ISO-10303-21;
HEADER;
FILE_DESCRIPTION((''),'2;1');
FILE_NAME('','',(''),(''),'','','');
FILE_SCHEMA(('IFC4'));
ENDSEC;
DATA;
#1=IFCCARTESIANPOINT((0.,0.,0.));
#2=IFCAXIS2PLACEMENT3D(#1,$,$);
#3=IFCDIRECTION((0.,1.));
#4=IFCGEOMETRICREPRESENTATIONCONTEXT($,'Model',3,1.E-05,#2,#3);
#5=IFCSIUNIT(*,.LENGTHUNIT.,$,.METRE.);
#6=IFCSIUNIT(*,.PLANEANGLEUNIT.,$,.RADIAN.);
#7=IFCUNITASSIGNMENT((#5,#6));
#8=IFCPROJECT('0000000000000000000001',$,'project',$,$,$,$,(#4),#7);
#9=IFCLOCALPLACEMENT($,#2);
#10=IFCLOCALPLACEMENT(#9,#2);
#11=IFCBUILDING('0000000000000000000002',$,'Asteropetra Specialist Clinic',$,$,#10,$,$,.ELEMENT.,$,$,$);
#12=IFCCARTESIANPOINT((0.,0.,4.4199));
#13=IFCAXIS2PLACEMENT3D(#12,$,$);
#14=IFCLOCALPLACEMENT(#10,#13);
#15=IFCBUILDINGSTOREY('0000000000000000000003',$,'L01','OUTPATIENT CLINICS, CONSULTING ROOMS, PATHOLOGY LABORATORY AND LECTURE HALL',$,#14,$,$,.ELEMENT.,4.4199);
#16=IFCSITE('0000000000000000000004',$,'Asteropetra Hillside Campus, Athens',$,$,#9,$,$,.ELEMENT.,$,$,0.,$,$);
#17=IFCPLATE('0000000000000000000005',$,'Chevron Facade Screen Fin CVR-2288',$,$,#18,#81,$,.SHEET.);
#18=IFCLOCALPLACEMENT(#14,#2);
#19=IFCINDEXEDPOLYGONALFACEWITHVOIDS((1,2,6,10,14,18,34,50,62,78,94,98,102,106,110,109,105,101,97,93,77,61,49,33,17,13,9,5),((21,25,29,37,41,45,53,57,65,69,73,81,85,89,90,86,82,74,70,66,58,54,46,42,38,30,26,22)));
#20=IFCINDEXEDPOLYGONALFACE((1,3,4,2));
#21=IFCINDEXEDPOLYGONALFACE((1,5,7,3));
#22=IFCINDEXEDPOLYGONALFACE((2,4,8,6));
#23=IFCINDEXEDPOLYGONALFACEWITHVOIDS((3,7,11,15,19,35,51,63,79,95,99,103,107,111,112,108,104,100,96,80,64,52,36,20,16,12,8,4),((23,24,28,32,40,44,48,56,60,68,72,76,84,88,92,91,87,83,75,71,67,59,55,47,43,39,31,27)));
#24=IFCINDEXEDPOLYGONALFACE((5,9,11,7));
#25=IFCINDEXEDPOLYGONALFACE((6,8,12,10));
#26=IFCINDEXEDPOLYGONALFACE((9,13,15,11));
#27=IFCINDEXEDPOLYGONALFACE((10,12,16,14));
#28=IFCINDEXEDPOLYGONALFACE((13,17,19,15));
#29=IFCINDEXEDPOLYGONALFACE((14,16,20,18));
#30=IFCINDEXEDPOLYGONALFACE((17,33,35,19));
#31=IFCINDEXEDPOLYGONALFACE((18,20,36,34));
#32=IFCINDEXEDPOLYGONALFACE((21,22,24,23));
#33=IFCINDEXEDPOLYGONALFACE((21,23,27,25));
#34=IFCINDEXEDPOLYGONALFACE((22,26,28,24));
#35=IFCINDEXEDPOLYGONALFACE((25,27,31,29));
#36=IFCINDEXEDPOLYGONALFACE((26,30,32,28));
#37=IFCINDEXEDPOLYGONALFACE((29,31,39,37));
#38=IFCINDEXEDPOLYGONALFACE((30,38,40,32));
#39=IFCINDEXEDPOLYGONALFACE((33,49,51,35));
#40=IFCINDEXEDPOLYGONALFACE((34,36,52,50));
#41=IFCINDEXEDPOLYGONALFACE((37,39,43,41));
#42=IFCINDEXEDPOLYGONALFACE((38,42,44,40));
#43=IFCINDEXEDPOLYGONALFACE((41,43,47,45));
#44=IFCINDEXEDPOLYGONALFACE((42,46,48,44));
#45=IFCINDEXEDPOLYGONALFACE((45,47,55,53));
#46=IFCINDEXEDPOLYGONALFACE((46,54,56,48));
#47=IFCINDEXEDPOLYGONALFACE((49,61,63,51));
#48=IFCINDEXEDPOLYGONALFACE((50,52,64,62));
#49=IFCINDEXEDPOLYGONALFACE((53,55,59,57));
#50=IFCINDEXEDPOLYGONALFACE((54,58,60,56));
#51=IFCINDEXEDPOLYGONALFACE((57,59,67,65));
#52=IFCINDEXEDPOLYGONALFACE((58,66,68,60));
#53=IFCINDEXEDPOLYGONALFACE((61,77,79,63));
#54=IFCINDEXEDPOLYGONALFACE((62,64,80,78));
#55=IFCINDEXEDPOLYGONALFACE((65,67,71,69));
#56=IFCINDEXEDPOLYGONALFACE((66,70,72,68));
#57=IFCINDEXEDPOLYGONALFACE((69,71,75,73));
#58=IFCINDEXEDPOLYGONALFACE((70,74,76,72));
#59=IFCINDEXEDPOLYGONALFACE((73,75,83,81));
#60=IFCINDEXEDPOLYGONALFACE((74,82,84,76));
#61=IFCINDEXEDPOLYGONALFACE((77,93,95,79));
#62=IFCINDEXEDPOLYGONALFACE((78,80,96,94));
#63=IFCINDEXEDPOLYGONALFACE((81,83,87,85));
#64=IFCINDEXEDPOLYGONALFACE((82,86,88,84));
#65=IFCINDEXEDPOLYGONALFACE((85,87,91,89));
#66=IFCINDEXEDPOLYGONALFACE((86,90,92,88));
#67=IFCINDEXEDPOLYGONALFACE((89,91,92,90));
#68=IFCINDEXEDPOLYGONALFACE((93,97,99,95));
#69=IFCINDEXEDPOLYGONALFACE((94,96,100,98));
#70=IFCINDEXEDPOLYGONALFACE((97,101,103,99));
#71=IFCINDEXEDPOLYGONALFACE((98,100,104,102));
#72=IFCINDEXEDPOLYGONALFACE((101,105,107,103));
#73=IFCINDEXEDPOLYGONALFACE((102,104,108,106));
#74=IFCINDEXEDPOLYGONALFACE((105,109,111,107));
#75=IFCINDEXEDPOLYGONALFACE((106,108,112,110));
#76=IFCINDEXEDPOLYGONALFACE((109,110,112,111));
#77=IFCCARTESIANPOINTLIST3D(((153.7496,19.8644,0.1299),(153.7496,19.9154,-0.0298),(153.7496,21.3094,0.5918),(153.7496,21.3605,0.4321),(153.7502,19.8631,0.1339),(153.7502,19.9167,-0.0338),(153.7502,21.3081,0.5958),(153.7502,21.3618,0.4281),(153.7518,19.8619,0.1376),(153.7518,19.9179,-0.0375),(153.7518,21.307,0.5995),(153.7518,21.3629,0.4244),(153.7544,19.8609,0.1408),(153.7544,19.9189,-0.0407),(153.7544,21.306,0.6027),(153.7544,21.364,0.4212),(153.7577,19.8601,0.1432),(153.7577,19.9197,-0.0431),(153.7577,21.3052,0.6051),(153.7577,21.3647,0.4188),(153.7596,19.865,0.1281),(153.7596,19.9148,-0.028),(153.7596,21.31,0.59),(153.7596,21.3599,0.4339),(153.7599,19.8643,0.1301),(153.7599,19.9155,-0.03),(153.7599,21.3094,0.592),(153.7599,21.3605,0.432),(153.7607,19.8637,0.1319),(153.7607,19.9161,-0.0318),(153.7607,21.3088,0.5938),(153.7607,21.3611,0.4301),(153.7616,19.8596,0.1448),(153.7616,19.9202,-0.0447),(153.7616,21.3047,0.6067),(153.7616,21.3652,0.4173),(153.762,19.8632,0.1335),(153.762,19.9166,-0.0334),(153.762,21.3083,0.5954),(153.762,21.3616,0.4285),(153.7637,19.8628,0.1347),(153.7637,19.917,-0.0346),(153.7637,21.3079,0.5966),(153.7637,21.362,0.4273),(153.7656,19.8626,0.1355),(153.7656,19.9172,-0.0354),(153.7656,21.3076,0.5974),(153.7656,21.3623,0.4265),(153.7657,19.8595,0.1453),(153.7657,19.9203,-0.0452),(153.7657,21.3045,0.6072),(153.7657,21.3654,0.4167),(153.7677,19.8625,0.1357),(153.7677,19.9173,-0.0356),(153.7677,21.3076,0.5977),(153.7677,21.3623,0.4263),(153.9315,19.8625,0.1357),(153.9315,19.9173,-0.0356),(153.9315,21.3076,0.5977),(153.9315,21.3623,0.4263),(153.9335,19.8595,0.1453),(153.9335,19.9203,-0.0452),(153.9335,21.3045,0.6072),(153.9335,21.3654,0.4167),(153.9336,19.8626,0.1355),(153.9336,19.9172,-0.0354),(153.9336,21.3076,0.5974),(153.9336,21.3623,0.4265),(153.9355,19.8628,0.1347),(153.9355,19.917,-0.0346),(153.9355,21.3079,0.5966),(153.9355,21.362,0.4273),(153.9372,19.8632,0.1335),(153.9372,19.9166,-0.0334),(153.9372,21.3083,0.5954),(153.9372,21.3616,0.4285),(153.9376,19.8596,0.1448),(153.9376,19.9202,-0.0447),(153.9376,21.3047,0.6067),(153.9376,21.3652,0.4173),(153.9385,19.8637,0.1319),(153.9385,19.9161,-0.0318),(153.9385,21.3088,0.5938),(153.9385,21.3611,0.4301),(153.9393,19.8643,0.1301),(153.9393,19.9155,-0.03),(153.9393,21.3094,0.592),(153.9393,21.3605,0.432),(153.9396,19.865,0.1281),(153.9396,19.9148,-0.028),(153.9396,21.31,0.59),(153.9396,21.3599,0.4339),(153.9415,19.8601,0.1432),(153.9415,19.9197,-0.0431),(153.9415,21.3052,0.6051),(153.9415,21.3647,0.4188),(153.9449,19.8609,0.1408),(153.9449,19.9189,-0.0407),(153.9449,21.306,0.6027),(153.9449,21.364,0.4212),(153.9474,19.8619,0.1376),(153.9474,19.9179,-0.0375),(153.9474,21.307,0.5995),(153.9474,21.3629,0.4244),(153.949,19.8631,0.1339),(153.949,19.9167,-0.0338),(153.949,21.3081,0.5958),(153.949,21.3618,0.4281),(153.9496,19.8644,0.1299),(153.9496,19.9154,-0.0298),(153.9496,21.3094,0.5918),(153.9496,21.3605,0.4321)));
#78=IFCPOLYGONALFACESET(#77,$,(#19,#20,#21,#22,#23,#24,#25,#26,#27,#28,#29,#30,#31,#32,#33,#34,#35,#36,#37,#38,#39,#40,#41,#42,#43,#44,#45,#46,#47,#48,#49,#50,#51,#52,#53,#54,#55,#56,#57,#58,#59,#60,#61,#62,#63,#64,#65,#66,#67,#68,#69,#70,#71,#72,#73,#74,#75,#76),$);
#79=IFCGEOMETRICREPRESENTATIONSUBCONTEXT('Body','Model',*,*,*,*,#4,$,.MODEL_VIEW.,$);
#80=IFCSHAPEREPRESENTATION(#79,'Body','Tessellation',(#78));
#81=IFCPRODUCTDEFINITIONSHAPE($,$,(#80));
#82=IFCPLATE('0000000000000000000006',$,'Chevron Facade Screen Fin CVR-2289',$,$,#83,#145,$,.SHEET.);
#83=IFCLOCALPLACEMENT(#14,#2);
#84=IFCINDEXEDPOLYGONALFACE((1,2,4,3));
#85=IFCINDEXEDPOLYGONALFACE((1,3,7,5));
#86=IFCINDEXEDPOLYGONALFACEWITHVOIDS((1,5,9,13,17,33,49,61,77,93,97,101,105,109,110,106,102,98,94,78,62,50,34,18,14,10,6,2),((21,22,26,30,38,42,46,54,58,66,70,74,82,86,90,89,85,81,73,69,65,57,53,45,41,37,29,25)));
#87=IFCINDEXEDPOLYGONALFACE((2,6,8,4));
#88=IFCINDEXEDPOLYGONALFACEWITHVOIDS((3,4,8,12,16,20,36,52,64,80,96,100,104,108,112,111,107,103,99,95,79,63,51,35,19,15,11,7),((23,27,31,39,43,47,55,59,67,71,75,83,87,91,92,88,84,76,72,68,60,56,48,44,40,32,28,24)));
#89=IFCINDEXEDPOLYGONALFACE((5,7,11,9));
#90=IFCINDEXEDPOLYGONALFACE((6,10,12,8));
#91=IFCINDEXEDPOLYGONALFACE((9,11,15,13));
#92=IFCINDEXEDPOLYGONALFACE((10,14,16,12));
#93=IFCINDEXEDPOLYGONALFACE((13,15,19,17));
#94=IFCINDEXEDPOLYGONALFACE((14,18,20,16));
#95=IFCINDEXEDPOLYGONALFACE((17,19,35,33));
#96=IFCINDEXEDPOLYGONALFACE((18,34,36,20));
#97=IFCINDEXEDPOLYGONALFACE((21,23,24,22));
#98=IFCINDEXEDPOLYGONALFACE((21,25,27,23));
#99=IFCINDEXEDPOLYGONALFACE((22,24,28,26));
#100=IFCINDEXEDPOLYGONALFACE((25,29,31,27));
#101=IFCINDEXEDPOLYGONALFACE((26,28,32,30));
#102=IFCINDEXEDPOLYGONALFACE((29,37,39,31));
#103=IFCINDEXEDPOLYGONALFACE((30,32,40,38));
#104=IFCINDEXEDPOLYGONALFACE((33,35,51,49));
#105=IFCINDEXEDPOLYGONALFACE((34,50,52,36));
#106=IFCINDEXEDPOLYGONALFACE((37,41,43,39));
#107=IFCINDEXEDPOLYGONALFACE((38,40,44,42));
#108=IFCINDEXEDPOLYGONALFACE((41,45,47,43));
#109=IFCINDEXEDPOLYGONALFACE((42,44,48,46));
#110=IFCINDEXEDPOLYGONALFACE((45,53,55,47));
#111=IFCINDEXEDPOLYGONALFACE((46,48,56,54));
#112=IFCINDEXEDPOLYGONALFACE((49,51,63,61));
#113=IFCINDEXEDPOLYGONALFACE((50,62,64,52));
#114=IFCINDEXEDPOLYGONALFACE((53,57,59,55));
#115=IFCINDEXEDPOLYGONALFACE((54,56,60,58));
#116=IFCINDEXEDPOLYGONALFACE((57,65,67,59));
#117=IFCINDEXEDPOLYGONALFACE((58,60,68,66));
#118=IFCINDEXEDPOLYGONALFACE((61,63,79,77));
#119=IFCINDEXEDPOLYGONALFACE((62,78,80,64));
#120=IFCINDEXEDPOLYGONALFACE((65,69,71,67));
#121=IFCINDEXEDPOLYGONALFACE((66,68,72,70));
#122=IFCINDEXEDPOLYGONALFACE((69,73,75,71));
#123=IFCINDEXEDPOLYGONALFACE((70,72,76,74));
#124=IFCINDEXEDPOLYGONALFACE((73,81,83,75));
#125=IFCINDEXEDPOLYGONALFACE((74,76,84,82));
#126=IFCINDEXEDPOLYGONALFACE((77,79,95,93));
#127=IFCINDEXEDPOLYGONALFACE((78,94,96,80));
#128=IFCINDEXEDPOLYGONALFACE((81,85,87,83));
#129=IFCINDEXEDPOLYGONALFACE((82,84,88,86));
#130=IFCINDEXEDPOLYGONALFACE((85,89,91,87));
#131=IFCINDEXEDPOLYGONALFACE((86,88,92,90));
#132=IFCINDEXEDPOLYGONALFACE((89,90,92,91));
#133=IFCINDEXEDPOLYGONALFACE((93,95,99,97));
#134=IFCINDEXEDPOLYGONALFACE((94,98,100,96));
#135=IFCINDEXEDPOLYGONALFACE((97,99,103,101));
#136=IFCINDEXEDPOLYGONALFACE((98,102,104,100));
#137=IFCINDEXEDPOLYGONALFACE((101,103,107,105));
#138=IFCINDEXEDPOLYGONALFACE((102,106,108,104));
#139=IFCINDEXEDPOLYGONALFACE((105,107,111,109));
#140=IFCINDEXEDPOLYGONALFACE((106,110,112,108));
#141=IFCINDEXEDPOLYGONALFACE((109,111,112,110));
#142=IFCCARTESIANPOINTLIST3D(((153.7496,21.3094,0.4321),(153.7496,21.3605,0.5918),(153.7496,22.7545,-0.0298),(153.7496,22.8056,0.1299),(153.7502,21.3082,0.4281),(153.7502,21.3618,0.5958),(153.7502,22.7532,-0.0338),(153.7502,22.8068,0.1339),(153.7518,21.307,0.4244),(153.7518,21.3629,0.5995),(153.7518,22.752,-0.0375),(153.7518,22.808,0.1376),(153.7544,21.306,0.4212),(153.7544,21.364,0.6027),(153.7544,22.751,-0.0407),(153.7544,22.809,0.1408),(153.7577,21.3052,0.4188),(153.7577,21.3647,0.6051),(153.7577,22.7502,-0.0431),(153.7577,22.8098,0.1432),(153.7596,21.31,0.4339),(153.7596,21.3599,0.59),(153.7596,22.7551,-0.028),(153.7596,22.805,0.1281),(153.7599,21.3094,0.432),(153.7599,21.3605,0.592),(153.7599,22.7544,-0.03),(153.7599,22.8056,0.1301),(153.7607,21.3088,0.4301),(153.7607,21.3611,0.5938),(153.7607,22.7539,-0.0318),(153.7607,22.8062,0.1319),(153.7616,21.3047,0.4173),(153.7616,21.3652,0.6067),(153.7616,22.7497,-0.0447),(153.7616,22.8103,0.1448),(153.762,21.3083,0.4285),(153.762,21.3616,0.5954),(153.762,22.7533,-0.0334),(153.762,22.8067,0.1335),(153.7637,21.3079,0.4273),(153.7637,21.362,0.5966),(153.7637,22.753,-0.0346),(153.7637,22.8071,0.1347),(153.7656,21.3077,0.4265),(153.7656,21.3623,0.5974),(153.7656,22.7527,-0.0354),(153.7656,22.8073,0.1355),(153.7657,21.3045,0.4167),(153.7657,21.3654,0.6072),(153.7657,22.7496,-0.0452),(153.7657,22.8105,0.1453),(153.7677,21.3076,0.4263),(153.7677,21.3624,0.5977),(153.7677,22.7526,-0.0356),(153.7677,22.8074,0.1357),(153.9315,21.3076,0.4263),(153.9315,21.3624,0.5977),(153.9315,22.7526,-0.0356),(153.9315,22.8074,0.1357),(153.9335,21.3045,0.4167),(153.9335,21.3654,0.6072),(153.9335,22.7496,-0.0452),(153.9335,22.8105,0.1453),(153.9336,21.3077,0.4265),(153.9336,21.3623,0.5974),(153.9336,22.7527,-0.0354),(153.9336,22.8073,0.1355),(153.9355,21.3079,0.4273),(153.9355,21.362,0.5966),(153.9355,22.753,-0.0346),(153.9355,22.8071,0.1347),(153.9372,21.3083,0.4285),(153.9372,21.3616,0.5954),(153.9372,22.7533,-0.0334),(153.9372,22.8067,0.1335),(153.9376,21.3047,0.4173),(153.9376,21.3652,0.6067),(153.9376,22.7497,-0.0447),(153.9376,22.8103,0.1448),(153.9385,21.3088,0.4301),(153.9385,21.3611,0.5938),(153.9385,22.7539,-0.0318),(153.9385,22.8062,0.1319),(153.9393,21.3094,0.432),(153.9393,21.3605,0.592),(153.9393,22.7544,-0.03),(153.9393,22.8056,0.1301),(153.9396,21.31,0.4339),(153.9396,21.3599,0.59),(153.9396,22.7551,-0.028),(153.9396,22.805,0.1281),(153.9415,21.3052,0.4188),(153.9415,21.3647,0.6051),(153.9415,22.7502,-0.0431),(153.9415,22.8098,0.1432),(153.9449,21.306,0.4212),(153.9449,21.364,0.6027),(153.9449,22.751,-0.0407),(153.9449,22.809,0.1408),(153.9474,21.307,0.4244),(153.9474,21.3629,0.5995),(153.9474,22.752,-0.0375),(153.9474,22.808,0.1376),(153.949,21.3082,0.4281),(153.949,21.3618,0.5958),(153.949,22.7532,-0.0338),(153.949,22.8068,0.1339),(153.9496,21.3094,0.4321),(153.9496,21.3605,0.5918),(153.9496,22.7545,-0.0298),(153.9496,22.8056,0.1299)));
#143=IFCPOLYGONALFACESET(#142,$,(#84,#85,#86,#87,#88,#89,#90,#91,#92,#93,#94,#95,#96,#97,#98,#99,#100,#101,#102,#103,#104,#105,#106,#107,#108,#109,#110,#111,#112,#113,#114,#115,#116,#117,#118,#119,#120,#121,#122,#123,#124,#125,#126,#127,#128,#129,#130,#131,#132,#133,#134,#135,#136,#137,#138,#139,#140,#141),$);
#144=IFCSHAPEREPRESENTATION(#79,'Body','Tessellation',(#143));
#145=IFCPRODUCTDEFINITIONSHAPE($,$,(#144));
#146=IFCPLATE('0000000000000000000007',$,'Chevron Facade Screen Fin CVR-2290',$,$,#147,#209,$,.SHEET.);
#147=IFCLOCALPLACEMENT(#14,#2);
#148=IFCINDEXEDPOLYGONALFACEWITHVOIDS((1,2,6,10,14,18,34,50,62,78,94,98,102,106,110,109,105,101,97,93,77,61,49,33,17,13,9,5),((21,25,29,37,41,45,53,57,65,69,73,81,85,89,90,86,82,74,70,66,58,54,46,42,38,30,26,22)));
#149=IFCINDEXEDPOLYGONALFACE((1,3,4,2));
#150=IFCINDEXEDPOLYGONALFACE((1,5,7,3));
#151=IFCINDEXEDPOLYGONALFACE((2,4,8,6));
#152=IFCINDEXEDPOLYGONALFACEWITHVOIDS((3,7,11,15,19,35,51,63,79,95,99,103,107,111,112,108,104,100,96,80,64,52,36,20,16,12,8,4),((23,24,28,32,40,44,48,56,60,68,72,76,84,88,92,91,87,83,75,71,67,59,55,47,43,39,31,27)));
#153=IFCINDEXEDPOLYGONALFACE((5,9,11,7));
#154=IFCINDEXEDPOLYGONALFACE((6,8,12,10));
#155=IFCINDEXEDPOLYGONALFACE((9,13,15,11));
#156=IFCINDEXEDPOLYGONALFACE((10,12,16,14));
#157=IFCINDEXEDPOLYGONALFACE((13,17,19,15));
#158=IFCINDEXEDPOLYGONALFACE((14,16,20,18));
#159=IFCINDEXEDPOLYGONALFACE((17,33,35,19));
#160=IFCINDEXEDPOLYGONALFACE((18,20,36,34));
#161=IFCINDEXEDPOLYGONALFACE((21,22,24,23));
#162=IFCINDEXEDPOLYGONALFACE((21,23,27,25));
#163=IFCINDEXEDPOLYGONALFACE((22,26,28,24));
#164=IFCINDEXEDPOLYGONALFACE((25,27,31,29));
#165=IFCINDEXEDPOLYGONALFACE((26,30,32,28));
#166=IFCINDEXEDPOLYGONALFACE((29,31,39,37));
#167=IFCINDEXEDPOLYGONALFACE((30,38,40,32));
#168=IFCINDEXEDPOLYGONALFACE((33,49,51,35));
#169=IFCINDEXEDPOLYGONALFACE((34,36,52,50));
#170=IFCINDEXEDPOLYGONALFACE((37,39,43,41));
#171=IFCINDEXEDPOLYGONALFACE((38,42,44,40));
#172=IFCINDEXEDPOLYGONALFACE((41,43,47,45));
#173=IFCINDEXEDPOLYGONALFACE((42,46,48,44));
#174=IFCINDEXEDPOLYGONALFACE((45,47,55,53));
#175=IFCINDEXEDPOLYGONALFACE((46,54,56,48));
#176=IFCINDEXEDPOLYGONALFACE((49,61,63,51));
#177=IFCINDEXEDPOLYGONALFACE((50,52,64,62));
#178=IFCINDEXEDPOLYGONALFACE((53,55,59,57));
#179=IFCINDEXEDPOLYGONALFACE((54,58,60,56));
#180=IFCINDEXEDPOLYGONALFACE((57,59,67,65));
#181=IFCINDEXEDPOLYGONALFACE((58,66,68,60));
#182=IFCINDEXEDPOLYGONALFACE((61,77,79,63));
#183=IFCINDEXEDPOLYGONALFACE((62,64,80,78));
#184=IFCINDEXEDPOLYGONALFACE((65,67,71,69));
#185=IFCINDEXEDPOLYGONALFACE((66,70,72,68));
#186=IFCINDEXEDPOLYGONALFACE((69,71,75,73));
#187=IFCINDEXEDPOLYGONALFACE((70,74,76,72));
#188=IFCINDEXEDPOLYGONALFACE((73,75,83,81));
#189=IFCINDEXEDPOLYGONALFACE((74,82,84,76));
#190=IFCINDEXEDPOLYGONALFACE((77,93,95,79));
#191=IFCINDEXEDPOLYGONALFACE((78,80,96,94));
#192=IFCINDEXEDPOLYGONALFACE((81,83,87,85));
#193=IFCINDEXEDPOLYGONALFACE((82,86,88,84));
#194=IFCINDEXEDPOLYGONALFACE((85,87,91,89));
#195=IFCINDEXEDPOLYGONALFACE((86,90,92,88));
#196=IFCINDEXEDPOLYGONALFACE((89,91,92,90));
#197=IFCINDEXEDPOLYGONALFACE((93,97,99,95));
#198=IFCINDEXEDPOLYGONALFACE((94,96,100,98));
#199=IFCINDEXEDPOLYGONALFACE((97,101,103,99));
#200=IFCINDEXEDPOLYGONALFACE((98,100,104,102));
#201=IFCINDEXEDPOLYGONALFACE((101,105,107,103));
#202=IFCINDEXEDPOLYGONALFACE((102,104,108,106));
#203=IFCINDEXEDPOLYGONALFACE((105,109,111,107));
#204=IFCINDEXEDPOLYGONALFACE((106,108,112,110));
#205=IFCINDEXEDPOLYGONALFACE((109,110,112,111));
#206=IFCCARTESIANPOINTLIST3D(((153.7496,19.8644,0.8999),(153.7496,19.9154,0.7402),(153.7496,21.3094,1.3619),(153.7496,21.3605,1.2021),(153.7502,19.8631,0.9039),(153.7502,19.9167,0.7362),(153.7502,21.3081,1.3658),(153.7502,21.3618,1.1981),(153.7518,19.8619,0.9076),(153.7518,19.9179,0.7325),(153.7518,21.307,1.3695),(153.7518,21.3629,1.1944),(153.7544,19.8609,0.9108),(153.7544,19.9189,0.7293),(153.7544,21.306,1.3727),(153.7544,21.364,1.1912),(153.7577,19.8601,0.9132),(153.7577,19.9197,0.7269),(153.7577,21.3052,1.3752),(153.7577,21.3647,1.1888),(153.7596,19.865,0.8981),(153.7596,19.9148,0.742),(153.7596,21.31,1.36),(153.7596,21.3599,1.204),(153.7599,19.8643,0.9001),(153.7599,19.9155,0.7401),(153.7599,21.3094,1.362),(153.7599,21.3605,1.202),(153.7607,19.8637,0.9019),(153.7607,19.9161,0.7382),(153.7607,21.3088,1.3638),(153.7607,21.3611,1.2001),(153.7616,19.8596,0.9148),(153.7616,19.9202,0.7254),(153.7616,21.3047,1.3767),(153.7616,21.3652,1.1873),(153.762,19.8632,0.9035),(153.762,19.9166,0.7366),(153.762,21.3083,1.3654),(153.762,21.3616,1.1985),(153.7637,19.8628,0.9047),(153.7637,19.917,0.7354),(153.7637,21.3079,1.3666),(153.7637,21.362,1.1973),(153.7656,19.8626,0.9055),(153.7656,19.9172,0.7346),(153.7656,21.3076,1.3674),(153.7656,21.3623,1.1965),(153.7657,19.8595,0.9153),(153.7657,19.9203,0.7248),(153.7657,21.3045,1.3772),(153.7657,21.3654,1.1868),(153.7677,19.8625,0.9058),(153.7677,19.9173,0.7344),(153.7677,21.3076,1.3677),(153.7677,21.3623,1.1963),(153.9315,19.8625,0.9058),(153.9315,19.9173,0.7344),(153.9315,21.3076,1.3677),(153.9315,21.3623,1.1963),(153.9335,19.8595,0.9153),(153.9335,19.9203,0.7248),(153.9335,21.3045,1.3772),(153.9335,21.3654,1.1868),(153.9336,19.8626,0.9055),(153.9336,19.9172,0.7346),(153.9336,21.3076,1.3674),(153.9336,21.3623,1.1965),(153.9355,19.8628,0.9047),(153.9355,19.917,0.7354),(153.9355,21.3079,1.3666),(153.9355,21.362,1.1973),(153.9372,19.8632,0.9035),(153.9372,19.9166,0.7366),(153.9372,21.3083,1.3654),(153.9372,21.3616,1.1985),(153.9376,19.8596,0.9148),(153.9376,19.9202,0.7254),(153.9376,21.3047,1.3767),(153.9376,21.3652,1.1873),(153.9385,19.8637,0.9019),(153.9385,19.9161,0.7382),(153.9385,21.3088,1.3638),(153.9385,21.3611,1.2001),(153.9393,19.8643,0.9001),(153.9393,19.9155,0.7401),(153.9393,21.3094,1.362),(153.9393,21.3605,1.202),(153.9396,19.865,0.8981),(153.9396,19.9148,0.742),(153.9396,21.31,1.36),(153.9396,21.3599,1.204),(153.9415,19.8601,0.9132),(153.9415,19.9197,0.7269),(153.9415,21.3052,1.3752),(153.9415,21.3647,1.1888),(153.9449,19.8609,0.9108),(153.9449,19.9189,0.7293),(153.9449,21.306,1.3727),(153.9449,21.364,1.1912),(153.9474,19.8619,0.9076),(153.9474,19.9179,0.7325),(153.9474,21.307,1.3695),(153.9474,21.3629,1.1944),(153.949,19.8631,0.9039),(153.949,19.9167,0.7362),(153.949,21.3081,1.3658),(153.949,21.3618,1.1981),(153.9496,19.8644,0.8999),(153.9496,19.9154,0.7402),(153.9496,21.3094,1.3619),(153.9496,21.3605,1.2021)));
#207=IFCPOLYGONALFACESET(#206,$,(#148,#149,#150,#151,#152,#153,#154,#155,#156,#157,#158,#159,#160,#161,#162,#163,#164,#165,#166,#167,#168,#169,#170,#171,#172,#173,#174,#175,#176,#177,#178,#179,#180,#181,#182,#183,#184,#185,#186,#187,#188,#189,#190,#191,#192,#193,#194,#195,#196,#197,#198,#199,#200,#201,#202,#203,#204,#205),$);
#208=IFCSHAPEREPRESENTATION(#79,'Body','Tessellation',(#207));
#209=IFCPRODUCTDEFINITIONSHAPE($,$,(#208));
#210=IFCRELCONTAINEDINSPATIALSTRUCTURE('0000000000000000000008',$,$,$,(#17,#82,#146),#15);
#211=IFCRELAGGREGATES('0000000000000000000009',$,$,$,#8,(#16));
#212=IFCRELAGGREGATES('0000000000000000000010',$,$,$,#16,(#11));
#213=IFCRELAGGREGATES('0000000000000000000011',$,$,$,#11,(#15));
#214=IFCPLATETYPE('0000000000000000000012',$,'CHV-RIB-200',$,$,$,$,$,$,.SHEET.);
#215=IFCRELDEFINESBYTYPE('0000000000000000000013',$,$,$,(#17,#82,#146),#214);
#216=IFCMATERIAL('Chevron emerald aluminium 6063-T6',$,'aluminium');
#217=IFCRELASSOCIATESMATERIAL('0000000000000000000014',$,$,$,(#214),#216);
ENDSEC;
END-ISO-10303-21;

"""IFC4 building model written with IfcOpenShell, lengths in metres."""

from ifc_helpers import new_model, si_unit, direction, frame, origin, origin_2d, place, context, subcontext, project, spatial, hollow_rectangle, extrude, material, material_profile, profile_set, type_object, element, save


model = new_model("IFC4")

# Units and contexts
model_context = context("Model", 3, precision=1e-05, world=origin(), true_north=direction((0.0, 1.0)))
body_context = subcontext(model_context, "Body", "Model", "MODEL_VIEW")
ifc_project = project(units=[si_unit("LENGTHUNIT", "METRE"), si_unit("PLANEANGLEUNIT", "RADIAN")], contexts=[model_context])

# Site, building, storey
site_placement = place(None, origin())
site = spatial("IfcSite", under=ifc_project, at=site_placement, Name="Asteropetra Hillside Campus, Athens", CompositionType="ELEMENT", RefElevation=0.0)
building_placement = place(site_placement, origin())
building = spatial("IfcBuilding", under=site, at=building_placement, Name="Asteropetra Specialist Clinic", CompositionType="ELEMENT")
storey_placement = place(building_placement, frame((0.0, 0.0, 4.4199)))
storey = spatial("IfcBuildingStorey", under=building, at=storey_placement, Name="L01", Description="OUTPATIENT CLINICS, CONSULTING ROOMS, PATHOLOGY LABORATORY AND LECTURE HALL", CompositionType="ELEMENT", Elevation=4.4199)

# Plates
ifc_material_1 = material(Name="Chevron emerald aluminium 6063-T6", Category="aluminium")
ifc_material_profile = material_profile(ifc_material_1, hollow_rectangle(XDim=0.2, YDim=0.2, WallThickness=0.01, InnerFilletRadius=0.0081, OuterFilletRadius=0.0161, at=origin_2d()), Name="SHS 200x200x10.0")
ifc_profile_set = profile_set([ifc_material_profile], Name="Chevron emerald aluminium 6063-T6")
plate_type = type_object("IfcPlateType", Name="CHV-RIB-200", PredefinedType="SHEET", material=ifc_profile_set)
for number, where, z_axis, x_axis, name in (
    (1, (153.8496, 19.8899, 0.05), (0.0, 0.952521, 0.304472), (-1.0, 0.0, 0.0), "Chevron Facade Screen Fin CVR-2288"),
    (2, (153.8496, 21.335, 0.512), (0.0, 0.952521, -0.304472), (-1.0, 0.0, 0.0), "Chevron Facade Screen Fin CVR-2289"),
    (3, (153.8496, 19.8899, 0.8201), (0.0, 0.952521, 0.304472), (-1.0, 0.0, 0.0), "Chevron Facade Screen Fin CVR-2290"),
):
    element("IfcPlate", number, at=place(storey_placement, frame(where, z_axis=z_axis, x_axis=x_axis)), inside=storey, type_object=plate_type, Name=name, PredefinedType="SHEET", context=body_context, shape_type="SweptSolid", body=[
        extrude(hollow_rectangle(XDim=0.2, YDim=0.2, WallThickness=0.01, InnerFilletRadius=0.0081, OuterFilletRadius=0.0161, at=origin_2d()), origin(), (0.0, 0.0, 1.0), 1.5171),
    ])

save(model, "model.ifc")
